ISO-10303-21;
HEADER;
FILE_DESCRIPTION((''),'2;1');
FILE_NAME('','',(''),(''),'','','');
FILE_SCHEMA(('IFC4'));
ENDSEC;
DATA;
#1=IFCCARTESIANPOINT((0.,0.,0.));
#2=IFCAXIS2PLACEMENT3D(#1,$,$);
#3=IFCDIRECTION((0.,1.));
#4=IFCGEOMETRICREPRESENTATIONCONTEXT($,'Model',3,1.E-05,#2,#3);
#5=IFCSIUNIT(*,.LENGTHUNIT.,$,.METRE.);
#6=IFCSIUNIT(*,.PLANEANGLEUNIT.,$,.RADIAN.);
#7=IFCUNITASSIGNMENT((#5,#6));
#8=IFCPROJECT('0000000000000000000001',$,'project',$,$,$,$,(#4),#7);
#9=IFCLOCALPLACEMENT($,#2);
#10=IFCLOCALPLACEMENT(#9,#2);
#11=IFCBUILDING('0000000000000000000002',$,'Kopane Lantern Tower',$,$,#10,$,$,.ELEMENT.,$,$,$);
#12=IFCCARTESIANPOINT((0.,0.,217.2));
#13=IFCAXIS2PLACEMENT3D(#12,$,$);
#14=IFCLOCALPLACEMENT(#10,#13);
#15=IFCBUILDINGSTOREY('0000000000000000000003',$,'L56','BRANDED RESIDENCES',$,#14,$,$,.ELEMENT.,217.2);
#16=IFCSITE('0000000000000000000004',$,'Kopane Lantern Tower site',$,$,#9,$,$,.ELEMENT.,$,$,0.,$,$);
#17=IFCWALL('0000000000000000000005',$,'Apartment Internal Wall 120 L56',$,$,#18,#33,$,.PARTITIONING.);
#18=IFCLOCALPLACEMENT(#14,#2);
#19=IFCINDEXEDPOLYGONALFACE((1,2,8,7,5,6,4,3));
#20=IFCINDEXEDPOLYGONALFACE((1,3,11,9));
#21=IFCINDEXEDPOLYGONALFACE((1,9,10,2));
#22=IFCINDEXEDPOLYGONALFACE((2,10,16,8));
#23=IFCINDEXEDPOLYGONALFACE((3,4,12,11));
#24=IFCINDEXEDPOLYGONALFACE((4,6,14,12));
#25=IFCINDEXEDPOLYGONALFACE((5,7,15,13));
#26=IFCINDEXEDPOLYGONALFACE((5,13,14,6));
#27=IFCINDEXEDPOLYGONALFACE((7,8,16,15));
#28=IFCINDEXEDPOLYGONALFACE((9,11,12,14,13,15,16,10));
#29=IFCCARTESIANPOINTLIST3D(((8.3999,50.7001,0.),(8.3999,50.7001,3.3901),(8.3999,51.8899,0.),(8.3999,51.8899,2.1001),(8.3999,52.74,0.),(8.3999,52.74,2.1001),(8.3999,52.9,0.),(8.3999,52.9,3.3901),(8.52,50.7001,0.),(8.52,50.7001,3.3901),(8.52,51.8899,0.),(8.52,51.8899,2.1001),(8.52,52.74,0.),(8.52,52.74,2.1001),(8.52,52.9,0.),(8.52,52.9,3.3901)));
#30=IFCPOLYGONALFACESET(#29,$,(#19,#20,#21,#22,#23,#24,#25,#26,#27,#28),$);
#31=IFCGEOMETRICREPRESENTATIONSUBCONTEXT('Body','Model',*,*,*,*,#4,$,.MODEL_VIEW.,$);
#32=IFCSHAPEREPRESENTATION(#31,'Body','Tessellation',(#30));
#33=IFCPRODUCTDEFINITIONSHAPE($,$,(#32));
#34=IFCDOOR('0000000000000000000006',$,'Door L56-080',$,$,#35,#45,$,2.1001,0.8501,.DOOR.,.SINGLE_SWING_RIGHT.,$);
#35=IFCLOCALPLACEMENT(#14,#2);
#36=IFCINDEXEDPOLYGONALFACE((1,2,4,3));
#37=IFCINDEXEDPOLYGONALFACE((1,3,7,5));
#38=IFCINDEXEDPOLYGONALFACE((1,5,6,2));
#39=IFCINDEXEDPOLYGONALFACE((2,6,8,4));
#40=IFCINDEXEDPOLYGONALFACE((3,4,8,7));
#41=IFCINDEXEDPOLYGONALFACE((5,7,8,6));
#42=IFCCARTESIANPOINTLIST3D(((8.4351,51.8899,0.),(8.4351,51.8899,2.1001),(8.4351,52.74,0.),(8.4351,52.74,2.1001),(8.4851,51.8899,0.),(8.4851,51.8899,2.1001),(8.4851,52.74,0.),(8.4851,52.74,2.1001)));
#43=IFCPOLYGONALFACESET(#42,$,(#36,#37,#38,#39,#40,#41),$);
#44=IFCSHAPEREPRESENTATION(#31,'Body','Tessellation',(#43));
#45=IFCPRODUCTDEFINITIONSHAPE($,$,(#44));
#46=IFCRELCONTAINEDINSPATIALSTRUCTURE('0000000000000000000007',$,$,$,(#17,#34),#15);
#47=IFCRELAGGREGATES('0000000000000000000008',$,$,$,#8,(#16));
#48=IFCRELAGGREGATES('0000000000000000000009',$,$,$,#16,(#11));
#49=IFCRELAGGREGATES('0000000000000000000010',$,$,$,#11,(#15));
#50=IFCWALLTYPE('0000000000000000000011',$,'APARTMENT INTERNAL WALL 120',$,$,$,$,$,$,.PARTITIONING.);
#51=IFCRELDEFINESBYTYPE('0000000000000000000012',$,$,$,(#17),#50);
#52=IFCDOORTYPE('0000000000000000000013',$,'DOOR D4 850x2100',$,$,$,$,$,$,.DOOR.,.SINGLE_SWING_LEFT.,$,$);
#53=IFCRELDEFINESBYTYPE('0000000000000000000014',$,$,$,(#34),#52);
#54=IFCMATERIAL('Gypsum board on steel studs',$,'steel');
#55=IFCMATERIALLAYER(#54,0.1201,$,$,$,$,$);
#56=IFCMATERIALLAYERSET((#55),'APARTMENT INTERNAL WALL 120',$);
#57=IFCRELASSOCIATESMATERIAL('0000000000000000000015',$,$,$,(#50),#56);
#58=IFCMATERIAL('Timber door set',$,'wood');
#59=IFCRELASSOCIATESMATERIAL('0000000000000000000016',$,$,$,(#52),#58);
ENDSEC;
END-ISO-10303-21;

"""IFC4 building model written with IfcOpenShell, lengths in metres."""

from ifc_helpers import new_model, si_unit, direction, frame, frame_2d, origin, place, context, subcontext, project, spatial, rectangle, extrude, material, layer, layer_set, type_object, element, fill, save


model = new_model("IFC4")

# Units and contexts
model_context = context("Model", 3, precision=1e-05, world=origin(), true_north=direction((0.0, 1.0)))
body_context = subcontext(model_context, "Body", "Model", "MODEL_VIEW")
ifc_project = project(units=[si_unit("LENGTHUNIT", "METRE"), si_unit("PLANEANGLEUNIT", "RADIAN")], contexts=[model_context])

# Site, building, storey
site_placement = place(None, origin())
site = spatial("IfcSite", under=ifc_project, at=site_placement, Name="Kopane Lantern Tower site", CompositionType="ELEMENT", RefElevation=0.0)
building_placement = place(site_placement, origin())
building = spatial("IfcBuilding", under=site, at=building_placement, Name="Kopane Lantern Tower", CompositionType="ELEMENT")
storey_placement = place(building_placement, frame((0.0, 0.0, 217.2)))
storey = spatial("IfcBuildingStorey", under=building, at=storey_placement, Name="L56", Description="BRANDED RESIDENCES", CompositionType="ELEMENT", Elevation=217.2)

# Shared definitions
ifc_material_1 = material(Name="Gypsum board on steel studs", Category="steel")
ifc_layer = layer(ifc_material_1, 0.1201)
ifc_layer_set = layer_set([ifc_layer], Name="APARTMENT INTERNAL WALL 120")
wall_type = type_object("IfcWallType", Name="APARTMENT INTERNAL WALL 120", PredefinedType="PARTITIONING", material=ifc_layer_set)
ifc_material_2 = material(Name="Timber door set", Category="wood")
door_type = type_object("IfcDoorType", Name="DOOR D4 850x2100", OperationType="SINGLE_SWING_LEFT", PredefinedType="DOOR", material=ifc_material_2)

# Wall, opening, door
wall_1_placement = place(storey_placement, frame((8.46, 50.7, 0.0), z_axis=(0.0, 0.0, 1.0), x_axis=(0.0, 1.0, 0.0)))
wall_1 = element("IfcWall", 1, at=wall_1_placement, inside=storey, type_object=wall_type, Name="Apartment Internal Wall 120 L56", PredefinedType="PARTITIONING", context=body_context, shape_type="SweptSolid", body=[
    extrude(rectangle(XDim=2.2, YDim=0.1201, at=frame_2d((1.1001, 0.0))), origin(), (0.0, 0.0, 1.0), 3.3901),
])
opening_1_placement = place(wall_1_placement, frame((1.1899, 0.0, 0.0)))
opening_1 = element("IfcOpeningElement", 2, at=opening_1_placement, cuts=wall_1, PredefinedType="OPENING", context=body_context, shape_type="SweptSolid", body=[
    extrude(rectangle(XDim=0.8501, YDim=2.1001, at=frame_2d((0.425, 1.05))), frame((0.0, 0.0701, 0.0), z_axis=(0.0, -1.0, 0.0), x_axis=(1.0, 0.0, 0.0)), (0.0, 0.0, 1.0), 0.1401),
])
door_1_placement = place(opening_1_placement, origin())
door_1 = element("IfcDoor", 3, at=door_1_placement, inside=storey, type_object=door_type, Name="Door L56-080", OperationType="SINGLE_SWING_RIGHT", OverallHeight=2.1001, OverallWidth=0.8501, PredefinedType="DOOR", context=body_context, shape_type="SweptSolid", body=[
    extrude(rectangle(XDim=0.8501, YDim=2.1001, at=frame_2d((0.425, 1.05))), frame((0.0, 0.0249, 0.0), z_axis=(0.0, -1.0, 0.0), x_axis=(1.0, 0.0, 0.0)), (0.0, 0.0, 1.0), 0.05),
])
fill(opening_1, door_1)

save(model, "model.ifc")
